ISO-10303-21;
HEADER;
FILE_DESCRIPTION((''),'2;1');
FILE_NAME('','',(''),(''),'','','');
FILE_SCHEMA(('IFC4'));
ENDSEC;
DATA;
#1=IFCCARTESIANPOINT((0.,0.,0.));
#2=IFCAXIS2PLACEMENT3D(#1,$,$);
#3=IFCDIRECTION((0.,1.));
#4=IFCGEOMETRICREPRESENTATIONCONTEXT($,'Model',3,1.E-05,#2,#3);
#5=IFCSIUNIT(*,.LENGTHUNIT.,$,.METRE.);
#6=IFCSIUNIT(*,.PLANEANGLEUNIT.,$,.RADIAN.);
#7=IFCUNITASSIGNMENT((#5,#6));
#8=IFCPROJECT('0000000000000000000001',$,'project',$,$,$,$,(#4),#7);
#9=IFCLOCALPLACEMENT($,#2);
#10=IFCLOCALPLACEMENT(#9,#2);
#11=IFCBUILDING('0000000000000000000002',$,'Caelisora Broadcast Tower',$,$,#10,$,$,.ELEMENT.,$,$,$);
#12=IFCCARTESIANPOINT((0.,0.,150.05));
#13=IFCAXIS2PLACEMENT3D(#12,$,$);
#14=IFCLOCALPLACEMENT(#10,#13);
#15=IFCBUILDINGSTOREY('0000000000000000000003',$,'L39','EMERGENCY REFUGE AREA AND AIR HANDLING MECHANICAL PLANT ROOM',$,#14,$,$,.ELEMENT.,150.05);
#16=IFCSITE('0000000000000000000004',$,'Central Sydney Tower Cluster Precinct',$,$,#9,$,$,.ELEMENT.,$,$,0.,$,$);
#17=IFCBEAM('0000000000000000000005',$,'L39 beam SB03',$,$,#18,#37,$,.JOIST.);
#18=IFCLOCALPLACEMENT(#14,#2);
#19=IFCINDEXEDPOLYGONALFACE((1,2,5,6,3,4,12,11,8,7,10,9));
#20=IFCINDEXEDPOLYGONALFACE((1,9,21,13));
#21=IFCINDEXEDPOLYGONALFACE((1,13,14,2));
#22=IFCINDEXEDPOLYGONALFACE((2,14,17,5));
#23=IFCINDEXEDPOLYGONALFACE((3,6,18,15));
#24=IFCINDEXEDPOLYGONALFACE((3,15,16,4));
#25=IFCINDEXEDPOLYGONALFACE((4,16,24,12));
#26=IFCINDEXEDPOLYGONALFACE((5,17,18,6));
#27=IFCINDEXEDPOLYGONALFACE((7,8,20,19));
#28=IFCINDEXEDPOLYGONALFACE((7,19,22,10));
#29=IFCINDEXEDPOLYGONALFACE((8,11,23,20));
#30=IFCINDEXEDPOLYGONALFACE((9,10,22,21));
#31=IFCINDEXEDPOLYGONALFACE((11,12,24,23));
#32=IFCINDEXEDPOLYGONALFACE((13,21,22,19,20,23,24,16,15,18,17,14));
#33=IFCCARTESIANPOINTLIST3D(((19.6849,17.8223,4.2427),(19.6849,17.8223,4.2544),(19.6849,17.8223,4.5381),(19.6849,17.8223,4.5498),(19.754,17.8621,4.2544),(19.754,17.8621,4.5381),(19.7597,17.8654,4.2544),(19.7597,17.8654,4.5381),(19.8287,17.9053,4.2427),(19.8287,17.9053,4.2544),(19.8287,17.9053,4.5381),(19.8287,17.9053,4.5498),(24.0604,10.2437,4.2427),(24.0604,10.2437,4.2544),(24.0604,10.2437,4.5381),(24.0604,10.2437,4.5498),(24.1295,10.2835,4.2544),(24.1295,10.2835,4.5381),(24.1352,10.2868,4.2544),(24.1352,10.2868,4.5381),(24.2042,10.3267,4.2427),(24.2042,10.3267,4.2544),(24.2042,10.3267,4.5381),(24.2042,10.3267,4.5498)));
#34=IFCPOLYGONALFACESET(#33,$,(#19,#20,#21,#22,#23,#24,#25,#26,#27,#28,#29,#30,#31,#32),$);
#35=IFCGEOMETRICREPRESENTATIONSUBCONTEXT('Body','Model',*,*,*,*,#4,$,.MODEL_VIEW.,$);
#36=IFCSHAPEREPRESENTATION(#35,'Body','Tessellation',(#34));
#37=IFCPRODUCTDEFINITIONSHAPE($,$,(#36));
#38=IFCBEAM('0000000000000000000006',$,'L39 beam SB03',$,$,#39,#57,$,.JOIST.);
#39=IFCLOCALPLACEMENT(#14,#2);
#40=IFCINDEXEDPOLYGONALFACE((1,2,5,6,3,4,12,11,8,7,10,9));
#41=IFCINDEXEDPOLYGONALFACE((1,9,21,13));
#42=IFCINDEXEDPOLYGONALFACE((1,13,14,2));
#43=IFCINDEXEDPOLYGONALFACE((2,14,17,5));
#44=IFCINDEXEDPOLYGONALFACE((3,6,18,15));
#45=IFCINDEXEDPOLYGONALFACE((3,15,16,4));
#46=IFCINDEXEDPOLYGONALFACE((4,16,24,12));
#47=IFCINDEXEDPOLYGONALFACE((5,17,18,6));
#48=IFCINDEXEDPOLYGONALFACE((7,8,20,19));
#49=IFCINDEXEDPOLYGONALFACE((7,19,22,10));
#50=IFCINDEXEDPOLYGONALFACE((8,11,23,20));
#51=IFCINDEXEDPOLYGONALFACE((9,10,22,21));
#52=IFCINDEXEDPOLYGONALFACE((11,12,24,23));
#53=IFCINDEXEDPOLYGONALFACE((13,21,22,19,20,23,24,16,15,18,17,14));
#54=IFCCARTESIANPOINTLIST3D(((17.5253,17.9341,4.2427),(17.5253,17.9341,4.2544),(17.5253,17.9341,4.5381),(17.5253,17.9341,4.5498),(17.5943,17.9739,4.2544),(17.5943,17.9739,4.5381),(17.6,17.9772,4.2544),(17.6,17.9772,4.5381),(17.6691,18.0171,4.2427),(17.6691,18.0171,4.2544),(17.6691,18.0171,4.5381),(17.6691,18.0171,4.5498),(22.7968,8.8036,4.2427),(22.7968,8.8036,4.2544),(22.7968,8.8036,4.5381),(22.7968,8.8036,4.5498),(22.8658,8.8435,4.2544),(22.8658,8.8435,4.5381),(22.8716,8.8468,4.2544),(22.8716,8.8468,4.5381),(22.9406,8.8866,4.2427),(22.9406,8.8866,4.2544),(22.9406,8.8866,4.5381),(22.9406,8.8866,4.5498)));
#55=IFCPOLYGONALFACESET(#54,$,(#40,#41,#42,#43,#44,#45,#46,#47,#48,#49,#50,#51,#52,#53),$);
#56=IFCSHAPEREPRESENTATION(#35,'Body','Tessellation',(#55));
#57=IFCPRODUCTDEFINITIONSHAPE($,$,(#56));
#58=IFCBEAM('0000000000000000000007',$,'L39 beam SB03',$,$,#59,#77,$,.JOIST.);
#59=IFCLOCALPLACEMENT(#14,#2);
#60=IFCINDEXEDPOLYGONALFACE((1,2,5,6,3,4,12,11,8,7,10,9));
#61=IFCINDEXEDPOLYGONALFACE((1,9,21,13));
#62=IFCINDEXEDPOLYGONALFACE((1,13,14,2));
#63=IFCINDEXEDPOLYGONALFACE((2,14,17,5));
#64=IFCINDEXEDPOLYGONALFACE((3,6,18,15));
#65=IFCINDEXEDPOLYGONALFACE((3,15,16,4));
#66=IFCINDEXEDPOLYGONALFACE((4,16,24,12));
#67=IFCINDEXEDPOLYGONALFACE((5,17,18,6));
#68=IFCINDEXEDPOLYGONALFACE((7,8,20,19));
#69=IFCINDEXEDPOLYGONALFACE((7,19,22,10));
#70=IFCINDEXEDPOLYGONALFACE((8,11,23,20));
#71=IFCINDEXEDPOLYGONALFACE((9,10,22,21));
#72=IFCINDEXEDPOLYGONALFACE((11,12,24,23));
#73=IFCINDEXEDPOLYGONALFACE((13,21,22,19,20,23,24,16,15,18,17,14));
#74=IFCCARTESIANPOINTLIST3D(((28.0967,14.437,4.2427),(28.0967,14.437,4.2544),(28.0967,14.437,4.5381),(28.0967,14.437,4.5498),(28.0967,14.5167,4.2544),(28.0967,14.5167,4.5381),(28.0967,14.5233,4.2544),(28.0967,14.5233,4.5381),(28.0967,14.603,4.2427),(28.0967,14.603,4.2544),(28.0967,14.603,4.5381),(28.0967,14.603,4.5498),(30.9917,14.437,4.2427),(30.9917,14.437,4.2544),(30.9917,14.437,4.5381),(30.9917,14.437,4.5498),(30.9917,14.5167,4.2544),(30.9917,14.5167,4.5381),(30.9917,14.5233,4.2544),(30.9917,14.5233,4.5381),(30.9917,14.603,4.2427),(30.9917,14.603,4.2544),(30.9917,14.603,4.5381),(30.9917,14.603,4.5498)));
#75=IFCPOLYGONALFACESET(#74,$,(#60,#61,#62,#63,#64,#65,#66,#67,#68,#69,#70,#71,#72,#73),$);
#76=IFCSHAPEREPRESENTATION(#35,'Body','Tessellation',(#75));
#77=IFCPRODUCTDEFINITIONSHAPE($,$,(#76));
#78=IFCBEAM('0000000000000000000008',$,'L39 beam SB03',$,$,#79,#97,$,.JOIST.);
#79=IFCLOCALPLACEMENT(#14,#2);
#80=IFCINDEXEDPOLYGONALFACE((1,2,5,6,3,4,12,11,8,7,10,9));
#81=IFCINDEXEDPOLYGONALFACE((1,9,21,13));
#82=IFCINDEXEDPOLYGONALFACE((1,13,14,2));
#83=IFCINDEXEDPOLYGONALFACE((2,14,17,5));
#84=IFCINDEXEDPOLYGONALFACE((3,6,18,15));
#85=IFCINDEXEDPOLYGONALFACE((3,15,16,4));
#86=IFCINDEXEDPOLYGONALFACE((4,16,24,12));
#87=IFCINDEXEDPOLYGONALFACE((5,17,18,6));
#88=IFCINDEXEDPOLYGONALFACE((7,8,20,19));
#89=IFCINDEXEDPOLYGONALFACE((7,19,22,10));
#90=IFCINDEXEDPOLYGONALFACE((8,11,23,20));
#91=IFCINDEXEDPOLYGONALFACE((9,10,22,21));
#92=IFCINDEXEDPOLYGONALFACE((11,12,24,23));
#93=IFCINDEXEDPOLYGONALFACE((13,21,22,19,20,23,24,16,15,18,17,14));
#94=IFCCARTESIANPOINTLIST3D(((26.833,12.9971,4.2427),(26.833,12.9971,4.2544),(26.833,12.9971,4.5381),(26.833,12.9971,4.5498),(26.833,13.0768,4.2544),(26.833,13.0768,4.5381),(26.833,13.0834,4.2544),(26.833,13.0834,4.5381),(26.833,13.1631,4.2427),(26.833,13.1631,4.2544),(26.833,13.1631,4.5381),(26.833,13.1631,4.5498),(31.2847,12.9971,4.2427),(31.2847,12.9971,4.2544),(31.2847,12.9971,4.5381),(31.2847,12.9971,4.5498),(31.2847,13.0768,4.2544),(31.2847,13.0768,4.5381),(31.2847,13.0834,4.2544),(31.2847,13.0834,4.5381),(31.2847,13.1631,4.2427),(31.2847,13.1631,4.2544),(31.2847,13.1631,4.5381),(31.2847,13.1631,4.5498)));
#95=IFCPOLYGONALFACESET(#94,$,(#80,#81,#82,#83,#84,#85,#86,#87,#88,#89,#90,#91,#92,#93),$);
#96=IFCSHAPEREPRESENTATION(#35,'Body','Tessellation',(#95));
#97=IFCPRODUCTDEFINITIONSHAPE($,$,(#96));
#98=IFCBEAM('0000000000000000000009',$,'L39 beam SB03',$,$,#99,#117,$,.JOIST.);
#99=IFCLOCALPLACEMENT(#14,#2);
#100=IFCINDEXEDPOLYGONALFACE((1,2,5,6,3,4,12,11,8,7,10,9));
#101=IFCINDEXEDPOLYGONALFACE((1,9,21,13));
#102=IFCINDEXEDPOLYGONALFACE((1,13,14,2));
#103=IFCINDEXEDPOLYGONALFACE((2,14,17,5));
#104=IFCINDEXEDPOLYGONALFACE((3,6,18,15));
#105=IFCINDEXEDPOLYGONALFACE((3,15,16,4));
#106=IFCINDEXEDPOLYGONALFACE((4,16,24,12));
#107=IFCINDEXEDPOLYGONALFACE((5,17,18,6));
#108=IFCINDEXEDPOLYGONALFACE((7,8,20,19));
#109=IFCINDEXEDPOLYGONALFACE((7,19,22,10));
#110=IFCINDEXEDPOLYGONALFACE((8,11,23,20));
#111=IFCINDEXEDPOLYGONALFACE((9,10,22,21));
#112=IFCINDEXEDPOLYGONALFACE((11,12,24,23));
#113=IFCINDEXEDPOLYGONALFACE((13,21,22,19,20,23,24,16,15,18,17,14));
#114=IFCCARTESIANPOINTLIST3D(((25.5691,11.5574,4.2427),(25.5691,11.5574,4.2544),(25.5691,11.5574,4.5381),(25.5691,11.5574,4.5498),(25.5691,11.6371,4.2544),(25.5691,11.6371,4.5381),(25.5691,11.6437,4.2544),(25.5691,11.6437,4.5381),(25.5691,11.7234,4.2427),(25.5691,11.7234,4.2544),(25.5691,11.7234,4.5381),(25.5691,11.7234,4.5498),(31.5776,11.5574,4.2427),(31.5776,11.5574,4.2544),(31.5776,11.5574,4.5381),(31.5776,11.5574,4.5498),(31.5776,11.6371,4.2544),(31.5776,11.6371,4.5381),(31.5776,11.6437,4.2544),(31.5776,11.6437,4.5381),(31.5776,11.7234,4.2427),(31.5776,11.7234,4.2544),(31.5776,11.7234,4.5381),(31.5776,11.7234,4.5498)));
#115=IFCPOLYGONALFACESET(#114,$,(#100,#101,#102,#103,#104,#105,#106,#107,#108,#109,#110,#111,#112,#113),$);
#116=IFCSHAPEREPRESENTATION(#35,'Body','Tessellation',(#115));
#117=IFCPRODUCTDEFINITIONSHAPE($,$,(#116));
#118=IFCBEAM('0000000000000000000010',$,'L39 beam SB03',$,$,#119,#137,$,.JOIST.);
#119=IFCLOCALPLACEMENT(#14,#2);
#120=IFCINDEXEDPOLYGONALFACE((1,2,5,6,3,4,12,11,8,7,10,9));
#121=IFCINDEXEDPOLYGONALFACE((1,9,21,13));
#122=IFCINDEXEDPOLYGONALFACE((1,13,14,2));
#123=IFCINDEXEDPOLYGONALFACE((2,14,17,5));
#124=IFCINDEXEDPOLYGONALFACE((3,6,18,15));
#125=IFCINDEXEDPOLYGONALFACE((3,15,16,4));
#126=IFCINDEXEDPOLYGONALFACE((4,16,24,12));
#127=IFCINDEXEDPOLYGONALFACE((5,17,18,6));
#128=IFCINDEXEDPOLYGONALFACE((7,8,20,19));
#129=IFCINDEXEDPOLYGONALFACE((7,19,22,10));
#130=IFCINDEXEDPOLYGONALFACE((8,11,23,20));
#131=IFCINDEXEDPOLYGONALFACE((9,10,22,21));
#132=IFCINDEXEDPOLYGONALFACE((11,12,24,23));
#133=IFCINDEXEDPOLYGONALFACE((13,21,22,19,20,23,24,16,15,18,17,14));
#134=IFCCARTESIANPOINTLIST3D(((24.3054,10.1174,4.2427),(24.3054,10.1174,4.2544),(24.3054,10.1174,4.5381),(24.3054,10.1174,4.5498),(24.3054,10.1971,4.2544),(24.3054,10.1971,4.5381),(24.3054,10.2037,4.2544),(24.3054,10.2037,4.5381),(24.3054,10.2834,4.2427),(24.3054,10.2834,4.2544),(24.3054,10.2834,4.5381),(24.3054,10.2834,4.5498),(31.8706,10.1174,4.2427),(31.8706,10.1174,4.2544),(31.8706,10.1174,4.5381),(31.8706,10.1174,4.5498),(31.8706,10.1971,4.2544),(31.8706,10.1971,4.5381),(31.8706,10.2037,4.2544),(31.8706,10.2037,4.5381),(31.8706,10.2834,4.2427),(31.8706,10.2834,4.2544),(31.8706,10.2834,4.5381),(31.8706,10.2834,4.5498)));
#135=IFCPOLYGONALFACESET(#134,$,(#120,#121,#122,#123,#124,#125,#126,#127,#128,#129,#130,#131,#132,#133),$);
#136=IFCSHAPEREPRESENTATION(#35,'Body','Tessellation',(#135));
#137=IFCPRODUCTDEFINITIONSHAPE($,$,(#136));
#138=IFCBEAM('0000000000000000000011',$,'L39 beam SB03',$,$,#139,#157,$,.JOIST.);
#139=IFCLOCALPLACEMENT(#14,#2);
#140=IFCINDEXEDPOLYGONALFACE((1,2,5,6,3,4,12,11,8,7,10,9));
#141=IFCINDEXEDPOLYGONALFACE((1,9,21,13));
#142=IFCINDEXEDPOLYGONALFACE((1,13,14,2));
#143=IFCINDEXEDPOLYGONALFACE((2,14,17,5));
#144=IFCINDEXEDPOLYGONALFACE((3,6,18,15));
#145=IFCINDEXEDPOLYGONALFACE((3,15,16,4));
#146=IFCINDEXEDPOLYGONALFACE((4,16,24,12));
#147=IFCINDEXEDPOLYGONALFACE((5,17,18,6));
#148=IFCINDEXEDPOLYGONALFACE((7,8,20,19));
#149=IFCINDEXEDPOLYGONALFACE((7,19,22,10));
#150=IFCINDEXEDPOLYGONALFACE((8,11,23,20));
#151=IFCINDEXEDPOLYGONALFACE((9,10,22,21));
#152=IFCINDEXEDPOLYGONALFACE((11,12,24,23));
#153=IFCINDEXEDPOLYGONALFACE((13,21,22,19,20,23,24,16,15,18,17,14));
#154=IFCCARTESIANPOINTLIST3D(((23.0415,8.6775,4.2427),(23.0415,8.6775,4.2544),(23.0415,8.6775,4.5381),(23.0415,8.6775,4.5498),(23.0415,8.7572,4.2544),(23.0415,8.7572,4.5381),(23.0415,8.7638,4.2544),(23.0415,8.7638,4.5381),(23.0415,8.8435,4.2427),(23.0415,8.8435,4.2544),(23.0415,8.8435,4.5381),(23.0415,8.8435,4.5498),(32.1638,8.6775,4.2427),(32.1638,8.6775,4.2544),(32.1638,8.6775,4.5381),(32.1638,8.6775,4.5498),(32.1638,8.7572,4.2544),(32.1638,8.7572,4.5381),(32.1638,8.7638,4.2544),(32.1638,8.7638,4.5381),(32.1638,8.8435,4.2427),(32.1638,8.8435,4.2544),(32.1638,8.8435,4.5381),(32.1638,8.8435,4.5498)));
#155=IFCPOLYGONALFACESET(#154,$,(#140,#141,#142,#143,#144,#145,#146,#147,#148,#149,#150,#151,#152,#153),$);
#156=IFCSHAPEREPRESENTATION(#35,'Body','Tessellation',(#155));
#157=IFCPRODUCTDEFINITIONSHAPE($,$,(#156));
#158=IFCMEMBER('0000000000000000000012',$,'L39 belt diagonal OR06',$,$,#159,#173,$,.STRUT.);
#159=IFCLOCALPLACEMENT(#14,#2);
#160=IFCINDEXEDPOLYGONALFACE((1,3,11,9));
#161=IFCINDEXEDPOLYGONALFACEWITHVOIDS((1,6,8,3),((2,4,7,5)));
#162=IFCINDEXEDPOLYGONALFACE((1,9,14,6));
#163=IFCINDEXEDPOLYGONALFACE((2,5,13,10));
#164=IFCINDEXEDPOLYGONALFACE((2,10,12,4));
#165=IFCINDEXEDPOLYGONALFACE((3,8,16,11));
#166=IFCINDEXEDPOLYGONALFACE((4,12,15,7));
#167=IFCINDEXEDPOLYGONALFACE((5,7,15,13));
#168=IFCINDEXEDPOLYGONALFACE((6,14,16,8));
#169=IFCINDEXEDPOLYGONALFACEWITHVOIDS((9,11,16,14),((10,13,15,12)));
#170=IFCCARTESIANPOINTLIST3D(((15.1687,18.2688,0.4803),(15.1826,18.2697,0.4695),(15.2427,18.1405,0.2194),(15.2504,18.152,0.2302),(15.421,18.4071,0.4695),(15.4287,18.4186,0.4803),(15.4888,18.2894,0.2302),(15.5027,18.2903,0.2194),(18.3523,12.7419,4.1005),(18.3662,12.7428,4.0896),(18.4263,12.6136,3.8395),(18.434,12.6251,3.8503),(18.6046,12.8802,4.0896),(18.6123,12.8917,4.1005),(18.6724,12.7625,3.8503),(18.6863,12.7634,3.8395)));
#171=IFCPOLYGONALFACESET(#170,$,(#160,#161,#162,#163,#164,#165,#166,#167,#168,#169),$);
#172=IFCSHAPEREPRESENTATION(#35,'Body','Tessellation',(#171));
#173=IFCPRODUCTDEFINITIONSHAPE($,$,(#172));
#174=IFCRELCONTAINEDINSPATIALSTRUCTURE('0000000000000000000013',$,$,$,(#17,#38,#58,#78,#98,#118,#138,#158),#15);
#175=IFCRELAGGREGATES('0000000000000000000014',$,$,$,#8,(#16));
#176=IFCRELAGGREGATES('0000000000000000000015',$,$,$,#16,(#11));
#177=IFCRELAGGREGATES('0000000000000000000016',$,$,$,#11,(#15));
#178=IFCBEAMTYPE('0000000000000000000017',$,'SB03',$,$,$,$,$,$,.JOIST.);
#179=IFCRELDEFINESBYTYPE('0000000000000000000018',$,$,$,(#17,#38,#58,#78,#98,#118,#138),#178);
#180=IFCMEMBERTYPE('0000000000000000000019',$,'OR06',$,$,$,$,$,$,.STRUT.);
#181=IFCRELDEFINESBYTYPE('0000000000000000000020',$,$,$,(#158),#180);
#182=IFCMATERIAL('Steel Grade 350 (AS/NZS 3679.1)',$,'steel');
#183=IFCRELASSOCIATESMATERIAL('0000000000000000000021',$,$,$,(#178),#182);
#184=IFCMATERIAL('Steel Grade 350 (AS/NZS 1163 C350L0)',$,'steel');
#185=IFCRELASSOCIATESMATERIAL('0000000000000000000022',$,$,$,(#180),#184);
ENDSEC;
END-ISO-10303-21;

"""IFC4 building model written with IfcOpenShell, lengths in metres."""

from ifc_helpers import new_model, si_unit, direction, frame, origin, origin_2d, place, context, subcontext, project, spatial, hollow_rectangle, i_section, extrude, source, transform, mapped, material, material_profile, profile_set, type_object, element, save


model = new_model("IFC4")

# Units and contexts
model_context = context("Model", 3, precision=1e-05, world=origin(), true_north=direction((0.0, 1.0)))
body_context = subcontext(model_context, "Body", "Model", "MODEL_VIEW")
ifc_project = project(units=[si_unit("LENGTHUNIT", "METRE"), si_unit("PLANEANGLEUNIT", "RADIAN")], contexts=[model_context])

# Site, building, storey
site_placement = place(None, origin())
site = spatial("IfcSite", under=ifc_project, at=site_placement, Name="Central Sydney Tower Cluster Precinct", CompositionType="ELEMENT", RefElevation=0.0)
building_placement = place(site_placement, origin())
building = spatial("IfcBuilding", under=site, at=building_placement, Name="Caelisora Broadcast Tower", CompositionType="ELEMENT")
storey_placement = place(building_placement, frame((0.0, 0.0, 150.05)))
storey = spatial("IfcBuildingStorey", under=building, at=storey_placement, Name="L39", Description="EMERGENCY REFUGE AREA AND AIR HANDLING MECHANICAL PLANT ROOM", CompositionType="ELEMENT", Elevation=150.05)

# Shared definitions
ifc_material_1 = material(Name="Steel Grade 350 (AS/NZS 1163 C350L0)", Category="steel")

# Beams
ifc_material_2 = material(Name="Steel Grade 350 (AS/NZS 3679.1)", Category="steel")
ifc_material_profile_1 = material_profile(ifc_material_2, i_section(OverallWidth=0.166, OverallDepth=0.3071, WebThickness=0.0066, FlangeThickness=0.0117, at=origin_2d()), Name="Steel Grade 350 (AS/NZS 3679.1)")
ifc_profile_set_1 = profile_set([ifc_material_profile_1], Name="Steel Grade 350 (AS/NZS 3679.1)")
beam_type_1 = type_object("IfcBeamType", Name="SB03", PredefinedType="JOIST", material=ifc_profile_set_1)
shared_shape_1 = source(origin(), body_context, "Body", "SweptSolid", [
    extrude(i_section(OverallWidth=0.166, OverallDepth=0.3071, WebThickness=0.0066, FlangeThickness=0.0117, at=origin_2d()), origin(), (0.0, 0.0, 1.0), 8.751),
])
beam_1_placement = place(storey_placement, frame((19.7568, 17.8638, 4.3962), z_axis=(0.499998, -0.866027, 0.0), x_axis=(0.866027, 0.499998, 0.0)))
element("IfcBeam", 1, at=beam_1_placement, inside=storey, type_object=beam_type_1, Name="L39 beam SB03", PredefinedType="JOIST", context=body_context, shape_type="MappedRepresentation", body=[
    mapped(shared_shape_1, transform((0.0, 0.0, 0.0), scale=1.0)),
])
shared_shape_2 = source(origin(), body_context, "Body", "SweptSolid", [
    extrude(i_section(OverallWidth=0.166, OverallDepth=0.3071, WebThickness=0.0066, FlangeThickness=0.0117, at=origin_2d()), origin(), (0.0, 0.0, 1.0), 10.543),
])
beam_2_placement = place(storey_placement, frame((17.5972, 17.9756, 4.3962), z_axis=(0.500004, -0.866023, 0.0), x_axis=(0.866023, 0.500004, 0.0)))
element("IfcBeam", 2, at=beam_2_placement, inside=storey, type_object=beam_type_1, Name="L39 beam SB03", PredefinedType="JOIST", context=body_context, shape_type="MappedRepresentation", body=[
    mapped(shared_shape_2, transform((0.0, 0.0, 0.0), scale=1.0)),
])
shared_shape_3 = source(origin(), body_context, "Body", "SweptSolid", [
    extrude(i_section(OverallWidth=0.166, OverallDepth=0.3071, WebThickness=0.0066, FlangeThickness=0.0117, at=origin_2d()), origin(), (0.0, 0.0, 1.0), 2.895),
])
beam_3_placement = place(storey_placement, frame((28.0967, 14.52, 4.3962), z_axis=(1.0, 0.0, 0.0), x_axis=(0.0, 1.0, 0.0)))
element("IfcBeam", 3, at=beam_3_placement, inside=storey, type_object=beam_type_1, Name="L39 beam SB03", PredefinedType="JOIST", context=body_context, shape_type="MappedRepresentation", body=[
    mapped(shared_shape_3, transform((0.0, 0.0, 0.0), scale=1.0)),
])
shared_shape_4 = source(origin(), body_context, "Body", "SweptSolid", [
    extrude(i_section(OverallWidth=0.166, OverallDepth=0.3071, WebThickness=0.0066, FlangeThickness=0.0117, at=origin_2d()), origin(), (0.0, 0.0, 1.0), 4.4517),
])
beam_4_placement = place(storey_placement, frame((26.833, 13.0801, 4.3962), z_axis=(1.0, 0.0, 0.0), x_axis=(0.0, 1.0, 0.0)))
element("IfcBeam", 4, at=beam_4_placement, inside=storey, type_object=beam_type_1, Name="L39 beam SB03", PredefinedType="JOIST", context=body_context, shape_type="MappedRepresentation", body=[
    mapped(shared_shape_4, transform((0.0, 0.0, 0.0), scale=1.0)),
])
shared_shape_5 = source(origin(), body_context, "Body", "SweptSolid", [
    extrude(i_section(OverallWidth=0.166, OverallDepth=0.3071, WebThickness=0.0066, FlangeThickness=0.0117, at=origin_2d()), origin(), (0.0, 0.0, 1.0), 6.0085),
])
beam_5_placement = place(storey_placement, frame((25.5691, 11.6404, 4.3962), z_axis=(1.0, 0.0, 0.0), x_axis=(0.0, 1.0, 0.0)))
element("IfcBeam", 5, at=beam_5_placement, inside=storey, type_object=beam_type_1, Name="L39 beam SB03", PredefinedType="JOIST", context=body_context, shape_type="MappedRepresentation", body=[
    mapped(shared_shape_5, transform((0.0, 0.0, 0.0), scale=1.0)),
])
shared_shape_6 = source(origin(), body_context, "Body", "SweptSolid", [
    extrude(i_section(OverallWidth=0.166, OverallDepth=0.3071, WebThickness=0.0066, FlangeThickness=0.0117, at=origin_2d()), origin(), (0.0, 0.0, 1.0), 7.5652),
])
beam_6_placement = place(storey_placement, frame((24.3054, 10.2004, 4.3962), z_axis=(1.0, 0.0, 0.0), x_axis=(0.0, 1.0, 0.0)))
element("IfcBeam", 6, at=beam_6_placement, inside=storey, type_object=beam_type_1, Name="L39 beam SB03", PredefinedType="JOIST", context=body_context, shape_type="MappedRepresentation", body=[
    mapped(shared_shape_6, transform((0.0, 0.0, 0.0), scale=1.0)),
])
shared_shape_7 = source(origin(), body_context, "Body", "SweptSolid", [
    extrude(i_section(OverallWidth=0.166, OverallDepth=0.3071, WebThickness=0.0066, FlangeThickness=0.0117, at=origin_2d()), origin(), (0.0, 0.0, 1.0), 9.1223),
])
beam_7_placement = place(storey_placement, frame((23.0415, 8.7605, 4.3962), z_axis=(1.0, 0.0, 0.0), x_axis=(0.0, 1.0, 0.0)))
element("IfcBeam", 7, at=beam_7_placement, inside=storey, type_object=beam_type_1, Name="L39 beam SB03", PredefinedType="JOIST", context=body_context, shape_type="MappedRepresentation", body=[
    mapped(shared_shape_7, transform((0.0, 0.0, 0.0), scale=1.0)),
])

# Member
ifc_material_profile_2 = material_profile(ifc_material_1, hollow_rectangle(XDim=0.3, YDim=0.3, WallThickness=0.0125, at=origin_2d()), Name="Steel Grade 350 (AS/NZS 1163 C350L0)")
ifc_profile_set_2 = profile_set([ifc_material_profile_2], Name="Steel Grade 350 (AS/NZS 1163 C350L0)")
member_type_1 = type_object("IfcMemberType", Name="OR06", PredefinedType="STRUT", material=ifc_profile_set_2)
shared_shape_8 = source(origin(), body_context, "Body", "SweptSolid", [
    extrude(hollow_rectangle(XDim=0.3, YDim=0.3, WallThickness=0.0125, at=origin_2d()), origin(), (0.0, 0.0, 1.0), 7.334),
])
member_1_placement = place(storey_placement, frame((15.3357, 18.2795, 0.3499), z_axis=(0.434091, -0.7536, 0.493612), x_axis=(0.866523, 0.499137, 0.0)))
element("IfcMember", 8, at=member_1_placement, inside=storey, type_object=member_type_1, Name="L39 belt diagonal OR06", PredefinedType="STRUT", context=body_context, shape_type="MappedRepresentation", body=[
    mapped(shared_shape_8, transform((0.0, 0.0, 0.0), scale=1.0)),
])

save(model, "model.ifc")
